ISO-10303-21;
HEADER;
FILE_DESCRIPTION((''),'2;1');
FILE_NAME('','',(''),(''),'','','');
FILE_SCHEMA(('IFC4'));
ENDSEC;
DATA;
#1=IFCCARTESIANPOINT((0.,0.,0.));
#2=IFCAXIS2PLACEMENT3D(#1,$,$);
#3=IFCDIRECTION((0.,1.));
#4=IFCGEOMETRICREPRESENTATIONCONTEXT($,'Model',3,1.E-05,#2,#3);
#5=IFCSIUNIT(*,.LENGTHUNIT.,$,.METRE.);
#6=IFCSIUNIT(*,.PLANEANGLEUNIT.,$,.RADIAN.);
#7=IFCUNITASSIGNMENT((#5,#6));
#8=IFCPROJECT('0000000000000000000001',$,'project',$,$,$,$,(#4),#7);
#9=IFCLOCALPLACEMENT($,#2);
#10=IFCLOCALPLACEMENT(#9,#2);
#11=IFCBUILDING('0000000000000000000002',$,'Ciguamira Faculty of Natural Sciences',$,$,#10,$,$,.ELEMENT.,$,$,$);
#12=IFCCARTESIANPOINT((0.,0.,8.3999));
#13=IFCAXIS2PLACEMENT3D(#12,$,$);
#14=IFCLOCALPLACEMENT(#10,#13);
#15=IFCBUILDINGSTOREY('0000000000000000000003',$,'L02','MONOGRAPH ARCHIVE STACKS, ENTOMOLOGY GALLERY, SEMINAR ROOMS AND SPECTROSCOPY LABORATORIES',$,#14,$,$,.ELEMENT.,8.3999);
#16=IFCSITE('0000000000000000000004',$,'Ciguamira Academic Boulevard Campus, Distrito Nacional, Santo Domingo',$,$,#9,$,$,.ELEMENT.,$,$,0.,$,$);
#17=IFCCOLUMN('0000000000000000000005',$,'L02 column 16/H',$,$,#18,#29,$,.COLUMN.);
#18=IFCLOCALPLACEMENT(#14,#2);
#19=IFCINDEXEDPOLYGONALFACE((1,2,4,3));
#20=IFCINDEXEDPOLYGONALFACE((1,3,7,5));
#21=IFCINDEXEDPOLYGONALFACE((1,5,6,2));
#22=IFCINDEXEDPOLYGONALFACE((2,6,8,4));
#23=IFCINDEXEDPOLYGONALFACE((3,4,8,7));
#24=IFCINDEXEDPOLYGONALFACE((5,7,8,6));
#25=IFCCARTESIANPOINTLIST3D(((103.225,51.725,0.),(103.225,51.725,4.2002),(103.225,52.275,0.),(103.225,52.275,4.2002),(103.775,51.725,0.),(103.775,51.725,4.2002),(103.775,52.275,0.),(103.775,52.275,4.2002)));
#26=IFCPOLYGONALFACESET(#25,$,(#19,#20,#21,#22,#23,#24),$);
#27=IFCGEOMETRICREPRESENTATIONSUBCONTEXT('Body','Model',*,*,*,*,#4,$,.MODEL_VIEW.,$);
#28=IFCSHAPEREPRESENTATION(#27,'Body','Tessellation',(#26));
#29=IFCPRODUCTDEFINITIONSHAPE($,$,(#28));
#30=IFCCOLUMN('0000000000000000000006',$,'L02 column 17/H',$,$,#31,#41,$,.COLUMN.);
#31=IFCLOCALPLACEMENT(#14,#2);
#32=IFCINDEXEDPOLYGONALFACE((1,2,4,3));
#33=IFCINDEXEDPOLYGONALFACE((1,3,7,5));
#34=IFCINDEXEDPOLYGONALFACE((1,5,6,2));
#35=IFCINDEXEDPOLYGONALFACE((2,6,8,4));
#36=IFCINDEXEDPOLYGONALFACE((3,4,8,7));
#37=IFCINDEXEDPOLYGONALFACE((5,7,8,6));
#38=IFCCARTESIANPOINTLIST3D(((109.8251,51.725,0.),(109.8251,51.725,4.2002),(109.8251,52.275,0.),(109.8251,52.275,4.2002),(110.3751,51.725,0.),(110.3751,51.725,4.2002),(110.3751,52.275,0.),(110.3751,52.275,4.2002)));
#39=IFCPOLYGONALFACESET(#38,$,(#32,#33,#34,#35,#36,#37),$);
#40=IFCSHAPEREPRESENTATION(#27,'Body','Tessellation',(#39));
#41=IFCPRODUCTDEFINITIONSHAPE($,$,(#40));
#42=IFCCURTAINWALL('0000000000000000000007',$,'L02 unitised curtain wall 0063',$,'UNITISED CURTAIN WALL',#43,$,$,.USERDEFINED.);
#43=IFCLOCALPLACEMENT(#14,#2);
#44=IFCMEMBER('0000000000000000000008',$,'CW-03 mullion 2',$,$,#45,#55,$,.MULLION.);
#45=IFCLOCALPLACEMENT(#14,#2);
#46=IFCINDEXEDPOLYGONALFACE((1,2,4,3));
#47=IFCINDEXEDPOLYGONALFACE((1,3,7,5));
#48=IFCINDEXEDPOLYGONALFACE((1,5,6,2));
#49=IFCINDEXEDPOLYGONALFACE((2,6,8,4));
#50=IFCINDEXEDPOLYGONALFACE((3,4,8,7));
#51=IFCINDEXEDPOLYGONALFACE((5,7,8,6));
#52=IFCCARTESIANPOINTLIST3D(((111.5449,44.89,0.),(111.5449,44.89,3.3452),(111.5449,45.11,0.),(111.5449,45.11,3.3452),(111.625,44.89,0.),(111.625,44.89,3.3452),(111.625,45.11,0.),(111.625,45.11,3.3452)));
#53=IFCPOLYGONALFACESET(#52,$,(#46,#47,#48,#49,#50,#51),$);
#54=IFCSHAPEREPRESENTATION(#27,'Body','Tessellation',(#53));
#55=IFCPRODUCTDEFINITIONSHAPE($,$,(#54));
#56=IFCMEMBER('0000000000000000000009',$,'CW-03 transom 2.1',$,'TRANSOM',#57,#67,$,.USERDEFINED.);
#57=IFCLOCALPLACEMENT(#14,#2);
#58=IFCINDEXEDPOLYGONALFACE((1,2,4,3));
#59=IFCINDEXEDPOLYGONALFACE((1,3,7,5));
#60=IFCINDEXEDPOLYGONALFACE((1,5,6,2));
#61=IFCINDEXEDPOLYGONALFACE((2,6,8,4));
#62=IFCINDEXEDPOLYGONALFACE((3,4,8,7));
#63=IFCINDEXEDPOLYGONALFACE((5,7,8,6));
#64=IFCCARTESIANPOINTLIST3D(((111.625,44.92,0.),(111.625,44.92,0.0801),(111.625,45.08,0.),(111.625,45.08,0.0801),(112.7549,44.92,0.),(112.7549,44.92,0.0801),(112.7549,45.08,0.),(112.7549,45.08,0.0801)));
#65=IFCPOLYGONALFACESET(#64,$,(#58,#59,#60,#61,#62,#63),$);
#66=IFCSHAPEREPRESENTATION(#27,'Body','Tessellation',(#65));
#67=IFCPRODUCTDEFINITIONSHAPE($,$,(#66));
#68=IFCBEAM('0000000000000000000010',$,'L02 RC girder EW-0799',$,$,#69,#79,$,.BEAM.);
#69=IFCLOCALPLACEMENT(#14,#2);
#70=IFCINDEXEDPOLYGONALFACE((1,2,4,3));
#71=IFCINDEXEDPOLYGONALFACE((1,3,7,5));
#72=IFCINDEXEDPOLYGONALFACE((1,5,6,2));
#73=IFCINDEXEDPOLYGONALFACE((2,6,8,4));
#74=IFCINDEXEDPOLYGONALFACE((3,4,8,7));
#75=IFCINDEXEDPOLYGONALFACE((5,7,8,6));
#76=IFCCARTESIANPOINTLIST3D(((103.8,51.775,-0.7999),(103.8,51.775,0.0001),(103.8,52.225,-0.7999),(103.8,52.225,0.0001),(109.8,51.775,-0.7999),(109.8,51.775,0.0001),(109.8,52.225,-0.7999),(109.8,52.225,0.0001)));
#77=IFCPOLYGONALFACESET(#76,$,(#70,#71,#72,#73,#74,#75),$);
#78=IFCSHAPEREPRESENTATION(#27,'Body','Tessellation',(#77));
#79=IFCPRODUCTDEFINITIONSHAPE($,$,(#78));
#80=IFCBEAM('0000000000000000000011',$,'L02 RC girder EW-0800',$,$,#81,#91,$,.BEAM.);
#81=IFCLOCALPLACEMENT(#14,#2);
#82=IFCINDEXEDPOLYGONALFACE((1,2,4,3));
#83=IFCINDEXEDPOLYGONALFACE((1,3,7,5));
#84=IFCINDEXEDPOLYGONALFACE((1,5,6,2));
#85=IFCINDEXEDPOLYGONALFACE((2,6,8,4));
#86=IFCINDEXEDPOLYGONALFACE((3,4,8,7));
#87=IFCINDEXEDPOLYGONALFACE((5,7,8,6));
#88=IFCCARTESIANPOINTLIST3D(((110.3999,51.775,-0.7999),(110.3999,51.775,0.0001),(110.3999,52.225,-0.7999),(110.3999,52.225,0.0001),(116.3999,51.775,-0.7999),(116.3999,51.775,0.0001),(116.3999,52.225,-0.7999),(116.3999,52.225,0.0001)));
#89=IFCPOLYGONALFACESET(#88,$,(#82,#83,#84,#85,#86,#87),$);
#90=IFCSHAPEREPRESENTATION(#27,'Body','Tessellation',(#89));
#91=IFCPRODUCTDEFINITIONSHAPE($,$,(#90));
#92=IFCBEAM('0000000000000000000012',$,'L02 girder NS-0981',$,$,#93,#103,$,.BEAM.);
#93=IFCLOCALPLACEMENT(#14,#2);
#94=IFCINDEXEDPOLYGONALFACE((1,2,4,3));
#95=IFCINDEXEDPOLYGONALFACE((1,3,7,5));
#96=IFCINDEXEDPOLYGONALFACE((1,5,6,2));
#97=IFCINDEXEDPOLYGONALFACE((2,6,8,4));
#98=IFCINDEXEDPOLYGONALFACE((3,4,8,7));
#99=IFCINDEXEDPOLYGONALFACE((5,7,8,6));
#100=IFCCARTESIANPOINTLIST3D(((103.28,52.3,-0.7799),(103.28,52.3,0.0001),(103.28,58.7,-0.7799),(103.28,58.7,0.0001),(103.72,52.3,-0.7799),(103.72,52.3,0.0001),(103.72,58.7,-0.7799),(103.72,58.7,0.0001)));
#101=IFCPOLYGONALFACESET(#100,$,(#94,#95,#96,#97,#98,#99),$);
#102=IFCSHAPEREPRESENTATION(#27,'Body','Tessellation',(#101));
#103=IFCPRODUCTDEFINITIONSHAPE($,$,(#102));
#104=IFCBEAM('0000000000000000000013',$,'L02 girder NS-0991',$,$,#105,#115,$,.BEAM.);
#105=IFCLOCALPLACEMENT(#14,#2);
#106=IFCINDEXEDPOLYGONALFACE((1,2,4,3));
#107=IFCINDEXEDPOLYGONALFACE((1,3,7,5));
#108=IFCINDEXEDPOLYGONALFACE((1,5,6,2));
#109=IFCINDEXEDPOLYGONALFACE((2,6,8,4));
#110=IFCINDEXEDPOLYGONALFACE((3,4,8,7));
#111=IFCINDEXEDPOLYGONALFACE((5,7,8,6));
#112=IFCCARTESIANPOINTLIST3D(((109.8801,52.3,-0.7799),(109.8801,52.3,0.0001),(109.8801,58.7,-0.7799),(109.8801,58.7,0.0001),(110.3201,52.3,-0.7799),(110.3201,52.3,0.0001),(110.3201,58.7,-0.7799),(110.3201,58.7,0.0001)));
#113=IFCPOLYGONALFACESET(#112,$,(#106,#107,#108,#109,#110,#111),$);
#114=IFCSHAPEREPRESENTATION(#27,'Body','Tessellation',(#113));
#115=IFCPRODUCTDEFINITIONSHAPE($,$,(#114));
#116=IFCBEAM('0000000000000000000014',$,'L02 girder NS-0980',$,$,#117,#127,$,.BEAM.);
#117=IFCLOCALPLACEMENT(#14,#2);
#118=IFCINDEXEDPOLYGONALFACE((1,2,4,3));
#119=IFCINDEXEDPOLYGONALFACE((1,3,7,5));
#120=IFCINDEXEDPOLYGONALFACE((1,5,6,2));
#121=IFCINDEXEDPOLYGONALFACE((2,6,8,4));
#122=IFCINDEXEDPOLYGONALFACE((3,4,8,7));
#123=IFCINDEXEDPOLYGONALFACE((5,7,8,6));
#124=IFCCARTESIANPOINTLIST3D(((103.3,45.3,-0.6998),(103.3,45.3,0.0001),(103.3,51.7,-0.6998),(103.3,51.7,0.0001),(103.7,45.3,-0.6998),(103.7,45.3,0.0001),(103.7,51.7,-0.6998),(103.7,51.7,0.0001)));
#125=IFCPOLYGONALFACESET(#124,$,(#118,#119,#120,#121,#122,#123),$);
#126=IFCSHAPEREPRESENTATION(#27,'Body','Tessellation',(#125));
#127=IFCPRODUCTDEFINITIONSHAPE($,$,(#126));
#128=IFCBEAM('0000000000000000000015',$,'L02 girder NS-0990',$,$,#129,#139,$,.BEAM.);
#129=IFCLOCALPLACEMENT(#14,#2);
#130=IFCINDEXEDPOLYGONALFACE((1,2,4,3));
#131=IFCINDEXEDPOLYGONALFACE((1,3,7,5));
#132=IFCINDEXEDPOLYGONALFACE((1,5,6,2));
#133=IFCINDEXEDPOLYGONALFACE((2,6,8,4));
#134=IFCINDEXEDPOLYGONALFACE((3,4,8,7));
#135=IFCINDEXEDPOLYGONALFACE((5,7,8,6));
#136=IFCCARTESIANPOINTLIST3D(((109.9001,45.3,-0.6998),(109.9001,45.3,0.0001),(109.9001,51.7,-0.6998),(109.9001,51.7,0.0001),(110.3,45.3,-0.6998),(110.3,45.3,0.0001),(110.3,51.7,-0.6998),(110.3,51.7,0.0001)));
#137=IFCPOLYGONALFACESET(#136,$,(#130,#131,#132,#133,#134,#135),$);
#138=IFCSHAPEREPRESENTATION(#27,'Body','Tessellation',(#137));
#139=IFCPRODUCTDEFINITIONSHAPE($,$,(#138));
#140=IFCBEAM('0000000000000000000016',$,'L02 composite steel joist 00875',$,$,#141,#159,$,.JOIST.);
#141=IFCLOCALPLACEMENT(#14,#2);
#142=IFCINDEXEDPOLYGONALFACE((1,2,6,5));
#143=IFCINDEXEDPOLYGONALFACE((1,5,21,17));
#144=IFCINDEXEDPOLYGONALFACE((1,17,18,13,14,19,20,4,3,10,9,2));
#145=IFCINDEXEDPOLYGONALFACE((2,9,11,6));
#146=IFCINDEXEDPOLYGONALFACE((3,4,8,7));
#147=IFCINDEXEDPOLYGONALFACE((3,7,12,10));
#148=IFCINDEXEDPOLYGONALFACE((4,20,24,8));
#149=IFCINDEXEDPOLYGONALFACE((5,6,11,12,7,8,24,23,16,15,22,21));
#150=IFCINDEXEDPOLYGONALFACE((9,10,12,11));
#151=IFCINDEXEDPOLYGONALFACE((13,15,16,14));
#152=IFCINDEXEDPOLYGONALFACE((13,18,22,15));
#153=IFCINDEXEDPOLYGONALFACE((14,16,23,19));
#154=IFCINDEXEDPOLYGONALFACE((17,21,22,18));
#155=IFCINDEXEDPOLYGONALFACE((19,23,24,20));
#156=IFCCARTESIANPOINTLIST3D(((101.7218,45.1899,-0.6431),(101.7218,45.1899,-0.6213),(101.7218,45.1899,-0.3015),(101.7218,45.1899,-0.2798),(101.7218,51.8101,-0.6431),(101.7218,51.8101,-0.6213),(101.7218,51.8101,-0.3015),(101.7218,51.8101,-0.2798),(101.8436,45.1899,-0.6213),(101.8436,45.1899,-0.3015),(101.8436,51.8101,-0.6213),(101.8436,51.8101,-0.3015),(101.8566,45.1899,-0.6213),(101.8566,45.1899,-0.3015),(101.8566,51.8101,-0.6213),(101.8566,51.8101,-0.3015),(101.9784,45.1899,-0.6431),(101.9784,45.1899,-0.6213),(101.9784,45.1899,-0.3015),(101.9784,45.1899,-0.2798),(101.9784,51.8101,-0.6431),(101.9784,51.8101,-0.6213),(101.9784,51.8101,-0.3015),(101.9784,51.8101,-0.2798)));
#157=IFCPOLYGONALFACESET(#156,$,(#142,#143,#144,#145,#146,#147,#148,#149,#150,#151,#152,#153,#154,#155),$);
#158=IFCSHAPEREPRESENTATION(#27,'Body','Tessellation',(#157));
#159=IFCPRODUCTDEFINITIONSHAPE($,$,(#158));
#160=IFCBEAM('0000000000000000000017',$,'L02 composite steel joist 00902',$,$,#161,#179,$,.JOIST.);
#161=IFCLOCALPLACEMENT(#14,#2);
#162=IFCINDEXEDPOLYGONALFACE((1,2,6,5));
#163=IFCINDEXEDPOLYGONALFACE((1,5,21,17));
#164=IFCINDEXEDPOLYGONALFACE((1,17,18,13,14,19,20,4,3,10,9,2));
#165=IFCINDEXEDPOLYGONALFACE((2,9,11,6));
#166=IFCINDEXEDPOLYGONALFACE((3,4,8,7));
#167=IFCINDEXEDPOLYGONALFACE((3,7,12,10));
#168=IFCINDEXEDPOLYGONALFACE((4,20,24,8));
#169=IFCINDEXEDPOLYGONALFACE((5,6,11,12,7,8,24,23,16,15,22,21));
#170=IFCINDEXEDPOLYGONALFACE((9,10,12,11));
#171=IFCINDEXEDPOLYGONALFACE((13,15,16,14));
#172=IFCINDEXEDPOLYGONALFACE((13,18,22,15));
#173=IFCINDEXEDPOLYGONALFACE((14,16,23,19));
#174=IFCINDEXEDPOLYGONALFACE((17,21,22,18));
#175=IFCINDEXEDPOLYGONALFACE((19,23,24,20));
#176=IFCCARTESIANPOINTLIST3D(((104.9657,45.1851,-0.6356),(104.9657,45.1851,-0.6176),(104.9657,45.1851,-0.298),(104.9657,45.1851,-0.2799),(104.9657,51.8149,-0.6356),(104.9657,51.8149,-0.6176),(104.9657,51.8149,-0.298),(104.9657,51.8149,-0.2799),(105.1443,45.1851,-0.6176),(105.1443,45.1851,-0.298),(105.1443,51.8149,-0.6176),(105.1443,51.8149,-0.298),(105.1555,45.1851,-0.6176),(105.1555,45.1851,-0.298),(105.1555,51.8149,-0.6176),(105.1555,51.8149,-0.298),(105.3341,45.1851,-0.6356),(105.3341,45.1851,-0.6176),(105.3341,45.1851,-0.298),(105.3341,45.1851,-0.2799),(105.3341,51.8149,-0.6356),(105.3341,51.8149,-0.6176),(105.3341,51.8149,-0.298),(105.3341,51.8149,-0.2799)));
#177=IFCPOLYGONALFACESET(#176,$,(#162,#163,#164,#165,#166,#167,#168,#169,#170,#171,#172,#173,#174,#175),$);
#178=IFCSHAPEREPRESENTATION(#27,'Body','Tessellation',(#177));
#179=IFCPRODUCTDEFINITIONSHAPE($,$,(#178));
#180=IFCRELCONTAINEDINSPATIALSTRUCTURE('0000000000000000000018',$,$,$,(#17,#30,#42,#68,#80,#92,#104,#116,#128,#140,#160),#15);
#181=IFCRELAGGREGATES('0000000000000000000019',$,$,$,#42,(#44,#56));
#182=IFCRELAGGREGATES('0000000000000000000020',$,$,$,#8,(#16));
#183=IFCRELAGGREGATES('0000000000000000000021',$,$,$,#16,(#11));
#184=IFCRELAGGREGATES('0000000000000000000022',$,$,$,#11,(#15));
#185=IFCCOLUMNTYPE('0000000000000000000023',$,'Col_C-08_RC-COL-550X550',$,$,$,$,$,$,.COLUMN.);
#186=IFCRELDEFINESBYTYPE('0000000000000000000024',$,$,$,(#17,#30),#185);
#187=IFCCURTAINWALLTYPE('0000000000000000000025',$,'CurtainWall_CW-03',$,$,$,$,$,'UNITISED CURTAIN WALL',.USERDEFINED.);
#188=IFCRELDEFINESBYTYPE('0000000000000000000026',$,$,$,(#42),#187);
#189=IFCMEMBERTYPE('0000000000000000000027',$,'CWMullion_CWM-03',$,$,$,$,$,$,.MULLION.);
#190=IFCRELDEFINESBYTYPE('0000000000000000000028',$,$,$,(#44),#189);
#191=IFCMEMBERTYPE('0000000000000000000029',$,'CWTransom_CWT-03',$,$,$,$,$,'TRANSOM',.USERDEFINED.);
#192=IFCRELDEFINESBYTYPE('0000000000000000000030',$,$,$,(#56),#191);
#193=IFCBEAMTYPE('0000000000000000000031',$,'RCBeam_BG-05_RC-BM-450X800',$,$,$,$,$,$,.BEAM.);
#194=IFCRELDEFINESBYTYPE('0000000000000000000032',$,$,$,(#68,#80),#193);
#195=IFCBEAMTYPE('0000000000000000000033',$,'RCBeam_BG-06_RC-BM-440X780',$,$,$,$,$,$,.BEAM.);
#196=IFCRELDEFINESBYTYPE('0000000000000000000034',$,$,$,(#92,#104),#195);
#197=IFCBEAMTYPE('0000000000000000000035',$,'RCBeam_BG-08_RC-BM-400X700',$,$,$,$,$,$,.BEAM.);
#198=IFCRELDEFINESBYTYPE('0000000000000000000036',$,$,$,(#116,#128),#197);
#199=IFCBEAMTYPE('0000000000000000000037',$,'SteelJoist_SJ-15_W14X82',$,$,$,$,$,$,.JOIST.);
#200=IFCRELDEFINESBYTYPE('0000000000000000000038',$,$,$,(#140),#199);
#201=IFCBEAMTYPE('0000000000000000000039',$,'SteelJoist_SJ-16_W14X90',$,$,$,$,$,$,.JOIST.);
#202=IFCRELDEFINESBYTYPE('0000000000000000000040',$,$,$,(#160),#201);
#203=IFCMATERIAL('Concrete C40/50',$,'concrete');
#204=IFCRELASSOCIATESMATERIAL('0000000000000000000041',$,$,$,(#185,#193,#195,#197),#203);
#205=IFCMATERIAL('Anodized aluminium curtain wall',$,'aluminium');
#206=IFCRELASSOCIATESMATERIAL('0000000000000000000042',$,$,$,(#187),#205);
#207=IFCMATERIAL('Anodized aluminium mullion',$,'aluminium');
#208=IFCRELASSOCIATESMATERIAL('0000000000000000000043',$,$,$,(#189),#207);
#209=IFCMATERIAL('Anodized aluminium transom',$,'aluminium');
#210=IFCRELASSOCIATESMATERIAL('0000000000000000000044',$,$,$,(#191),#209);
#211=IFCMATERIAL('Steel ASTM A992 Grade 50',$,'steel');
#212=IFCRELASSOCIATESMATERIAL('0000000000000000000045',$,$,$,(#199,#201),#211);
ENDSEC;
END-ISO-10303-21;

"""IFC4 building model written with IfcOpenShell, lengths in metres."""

from ifc_helpers import new_model, si_unit, direction, frame, origin, origin_2d, place, context, subcontext, project, spatial, rectangle, i_section, extrude, material, material_profile, profile_set, type_object, element, aggregate, save


model = new_model("IFC4")

# Units and contexts
model_context = context("Model", 3, precision=1e-05, world=origin(), true_north=direction((0.0, 1.0)))
body_context = subcontext(model_context, "Body", "Model", "MODEL_VIEW")
ifc_project = project(units=[si_unit("LENGTHUNIT", "METRE"), si_unit("PLANEANGLEUNIT", "RADIAN")], contexts=[model_context])

# Site, building, storey
site_placement = place(None, origin())
site = spatial("IfcSite", under=ifc_project, at=site_placement, Name="Ciguamira Academic Boulevard Campus, Distrito Nacional, Santo Domingo", CompositionType="ELEMENT", RefElevation=0.0)
building_placement = place(site_placement, origin())
building = spatial("IfcBuilding", under=site, at=building_placement, Name="Ciguamira Faculty of Natural Sciences", CompositionType="ELEMENT")
storey_placement = place(building_placement, frame((0.0, 0.0, 8.3999)))
storey = spatial("IfcBuildingStorey", under=building, at=storey_placement, Name="L02", Description="MONOGRAPH ARCHIVE STACKS, ENTOMOLOGY GALLERY, SEMINAR ROOMS AND SPECTROSCOPY LABORATORIES", CompositionType="ELEMENT", Elevation=8.3999)

# Columns
ifc_material_1 = material(Name="Concrete C40/50", Category="concrete")
ifc_material_profile_1 = material_profile(ifc_material_1, rectangle(XDim=0.55, YDim=0.55, at=origin_2d()), Name="RC-COL-550X550")
ifc_profile_set_1 = profile_set([ifc_material_profile_1], Name="Concrete C40/50")
column_type = type_object("IfcColumnType", Name="Col_C-08_RC-COL-550X550", PredefinedType="COLUMN", material=ifc_profile_set_1)
for number, where, z_axis, x_axis, name in (
    (1, (103.5, 52.0, 0.0), (0.0, 0.0, 1.0), (1.0, 0.0, 0.0), "L02 column 16/H"),
    (2, (110.1001, 52.0, 0.0), (0.0, 0.0, 1.0), (1.0, 0.0, 0.0), "L02 column 17/H"),
):
    element("IfcColumn", number, at=place(storey_placement, frame(where, z_axis=z_axis, x_axis=x_axis)), inside=storey, type_object=column_type, Name=name, PredefinedType="COLUMN", context=body_context, shape_type="SweptSolid", body=[
        extrude(rectangle(XDim=0.55, YDim=0.55, at=origin_2d()), origin(), (0.0, 0.0, 1.0), 4.2002),
    ])

# Curtain wall, members
ifc_material_2 = material(Name="Anodized aluminium curtain wall", Category="aluminium")
curtain_wall_type = type_object("IfcCurtainWallType", Name="CurtainWall_CW-03", ElementType="UNITISED CURTAIN WALL", PredefinedType="USERDEFINED", material=ifc_material_2)
curtain_wall_placement = place(storey_placement, origin())
curtain_wall = element("IfcCurtainWall", 3, at=curtain_wall_placement, inside=storey, type_object=curtain_wall_type, Name="L02 unitised curtain wall 0063", ObjectType="UNITISED CURTAIN WALL", PredefinedType="USERDEFINED")
ifc_material_3 = material(Name="Anodized aluminium mullion", Category="aluminium")
ifc_material_profile_2 = material_profile(ifc_material_3, rectangle(XDim=0.0801, YDim=0.22, at=origin_2d()), Name="ALU-MUL-80X220")
ifc_profile_set_2 = profile_set([ifc_material_profile_2], Name="Anodized aluminium mullion")
member_type_1 = type_object("IfcMemberType", Name="CWMullion_CWM-03", PredefinedType="MULLION", material=ifc_profile_set_2)
member_1_placement = place(storey_placement, frame((111.585, 45.0, 0.0), z_axis=(0.0, 0.0, 1.0), x_axis=(1.0, 0.0, 0.0)))
member_1 = element("IfcMember", 4, at=member_1_placement, type_object=member_type_1, Name="CW-03 mullion 2", PredefinedType="MULLION", context=body_context, shape_type="SweptSolid", body=[
    extrude(rectangle(XDim=0.0801, YDim=0.22, at=origin_2d()), origin(), (0.0, 0.0, 1.0), 3.3452),
])
ifc_material_4 = material(Name="Anodized aluminium transom", Category="aluminium")
ifc_material_profile_3 = material_profile(ifc_material_4, rectangle(XDim=0.0801, YDim=0.1599, at=origin_2d()), Name="ALU-TRN-80X160")
ifc_profile_set_3 = profile_set([ifc_material_profile_3], Name="Anodized aluminium transom")
member_type_2 = type_object("IfcMemberType", Name="CWTransom_CWT-03", ElementType="TRANSOM", PredefinedType="USERDEFINED", material=ifc_profile_set_3)
member_2_placement = place(storey_placement, frame((111.625, 45.0, 0.04), z_axis=(1.0, 0.0, 0.0), x_axis=(0.0, 0.0, 1.0)))
member_2 = element("IfcMember", 5, at=member_2_placement, type_object=member_type_2, Name="CW-03 transom 2.1", ObjectType="TRANSOM", PredefinedType="USERDEFINED", context=body_context, shape_type="SweptSolid", body=[
    extrude(rectangle(XDim=0.0801, YDim=0.1599, at=origin_2d()), origin(), (0.0, 0.0, 1.0), 1.1299),
])

# Beams
ifc_material_profile_4 = material_profile(ifc_material_1, rectangle(XDim=0.45, YDim=0.8, at=origin_2d()), Name="RC-BM-450X800")
ifc_profile_set_4 = profile_set([ifc_material_profile_4], Name="Concrete C40/50")
beam_type_1 = type_object("IfcBeamType", Name="RCBeam_BG-05_RC-BM-450X800", PredefinedType="BEAM", material=ifc_profile_set_4)
for number, where, z_axis, x_axis, name in (
    (6, (103.8, 52.0, -0.3999), (1.0, 0.0, 0.0), (0.0, 1.0, 0.0), "L02 RC girder EW-0799"),
    (7, (110.3999, 52.0, -0.3999), (1.0, 0.0, 0.0), (0.0, 1.0, 0.0), "L02 RC girder EW-0800"),
):
    element("IfcBeam", number, at=place(storey_placement, frame(where, z_axis=z_axis, x_axis=x_axis)), inside=storey, type_object=beam_type_1, Name=name, PredefinedType="BEAM", context=body_context, shape_type="SweptSolid", body=[
        extrude(rectangle(XDim=0.45, YDim=0.8, at=origin_2d()), origin(), (0.0, 0.0, 1.0), 6.0),
    ])
ifc_material_profile_5 = material_profile(ifc_material_1, rectangle(XDim=0.4399, YDim=0.78, at=origin_2d()), Name="RC-BM-440X780")
ifc_profile_set_5 = profile_set([ifc_material_profile_5], Name="Concrete C40/50")
beam_type_2 = type_object("IfcBeamType", Name="RCBeam_BG-06_RC-BM-440X780", PredefinedType="BEAM", material=ifc_profile_set_5)
for number, where, z_axis, x_axis, name in (
    (8, (103.5, 52.3, -0.3899), (0.0, 1.0, 0.0), (-1.0, 0.0, 0.0), "L02 girder NS-0981"),
    (9, (110.1001, 52.3, -0.3899), (0.0, 1.0, 0.0), (-1.0, 0.0, 0.0), "L02 girder NS-0991"),
):
    element("IfcBeam", number, at=place(storey_placement, frame(where, z_axis=z_axis, x_axis=x_axis)), inside=storey, type_object=beam_type_2, Name=name, PredefinedType="BEAM", context=body_context, shape_type="SweptSolid", body=[
        extrude(rectangle(XDim=0.4399, YDim=0.78, at=origin_2d()), origin(), (0.0, 0.0, 1.0), 6.3999),
    ])
ifc_material_profile_6 = material_profile(ifc_material_1, rectangle(XDim=0.3999, YDim=0.7, at=origin_2d()), Name="RC-BM-400X700")
ifc_profile_set_6 = profile_set([ifc_material_profile_6], Name="Concrete C40/50")
beam_type_3 = type_object("IfcBeamType", Name="RCBeam_BG-08_RC-BM-400X700", PredefinedType="BEAM", material=ifc_profile_set_6)
for number, where, z_axis, x_axis, name in (
    (10, (103.5, 45.3, -0.3499), (0.0, 1.0, 0.0), (-1.0, 0.0, 0.0), "L02 girder NS-0980"),
    (11, (110.1001, 45.3, -0.3499), (0.0, 1.0, 0.0), (-1.0, 0.0, 0.0), "L02 girder NS-0990"),
):
    element("IfcBeam", number, at=place(storey_placement, frame(where, z_axis=z_axis, x_axis=x_axis)), inside=storey, type_object=beam_type_3, Name=name, PredefinedType="BEAM", context=body_context, shape_type="SweptSolid", body=[
        extrude(rectangle(XDim=0.3999, YDim=0.7, at=origin_2d()), origin(), (0.0, 0.0, 1.0), 6.3999),
    ])
ifc_material_5 = material(Name="Steel ASTM A992 Grade 50", Category="steel")
ifc_material_profile_7 = material_profile(ifc_material_5, i_section(OverallWidth=0.2566, OverallDepth=0.3633, WebThickness=0.0129, FlangeThickness=0.0217, at=origin_2d()), Name="W14X82")
ifc_profile_set_7 = profile_set([ifc_material_profile_7], Name="Steel ASTM A992 Grade 50")
beam_type_4 = type_object("IfcBeamType", Name="SteelJoist_SJ-15_W14X82", PredefinedType="JOIST", material=ifc_profile_set_7)
beam_1_placement = place(storey_placement, frame((101.8501, 45.1899, -0.4614), z_axis=(0.0, 1.0, 0.0), x_axis=(-1.0, 0.0, 0.0)))
element("IfcBeam", 12, at=beam_1_placement, inside=storey, type_object=beam_type_4, Name="L02 composite steel joist 00875", PredefinedType="JOIST", context=body_context, shape_type="SweptSolid", body=[
    extrude(i_section(OverallWidth=0.2566, OverallDepth=0.3633, WebThickness=0.0129, FlangeThickness=0.0217, at=origin_2d()), origin(), (0.0, 0.0, 1.0), 6.6201),
])
ifc_material_profile_8 = material_profile(ifc_material_5, i_section(OverallWidth=0.3684, OverallDepth=0.3557, WebThickness=0.0112, FlangeThickness=0.0181, at=origin_2d()), Name="W14X90")
ifc_profile_set_8 = profile_set([ifc_material_profile_8], Name="Steel ASTM A992 Grade 50")
beam_type_5 = type_object("IfcBeamType", Name="SteelJoist_SJ-16_W14X90", PredefinedType="JOIST", material=ifc_profile_set_8)
beam_2_placement = place(storey_placement, frame((105.1499, 45.1851, -0.4578), z_axis=(0.0, 1.0, 0.0), x_axis=(-1.0, 0.0, 0.0)))
element("IfcBeam", 13, at=beam_2_placement, inside=storey, type_object=beam_type_5, Name="L02 composite steel joist 00902", PredefinedType="JOIST", context=body_context, shape_type="SweptSolid", body=[
    extrude(i_section(OverallWidth=0.3684, OverallDepth=0.3557, WebThickness=0.0112, FlangeThickness=0.0181, at=origin_2d()), origin(), (0.0, 0.0, 1.0), 6.6299),
])

aggregate(curtain_wall, [member_1, member_2])

save(model, "model.ifc")
